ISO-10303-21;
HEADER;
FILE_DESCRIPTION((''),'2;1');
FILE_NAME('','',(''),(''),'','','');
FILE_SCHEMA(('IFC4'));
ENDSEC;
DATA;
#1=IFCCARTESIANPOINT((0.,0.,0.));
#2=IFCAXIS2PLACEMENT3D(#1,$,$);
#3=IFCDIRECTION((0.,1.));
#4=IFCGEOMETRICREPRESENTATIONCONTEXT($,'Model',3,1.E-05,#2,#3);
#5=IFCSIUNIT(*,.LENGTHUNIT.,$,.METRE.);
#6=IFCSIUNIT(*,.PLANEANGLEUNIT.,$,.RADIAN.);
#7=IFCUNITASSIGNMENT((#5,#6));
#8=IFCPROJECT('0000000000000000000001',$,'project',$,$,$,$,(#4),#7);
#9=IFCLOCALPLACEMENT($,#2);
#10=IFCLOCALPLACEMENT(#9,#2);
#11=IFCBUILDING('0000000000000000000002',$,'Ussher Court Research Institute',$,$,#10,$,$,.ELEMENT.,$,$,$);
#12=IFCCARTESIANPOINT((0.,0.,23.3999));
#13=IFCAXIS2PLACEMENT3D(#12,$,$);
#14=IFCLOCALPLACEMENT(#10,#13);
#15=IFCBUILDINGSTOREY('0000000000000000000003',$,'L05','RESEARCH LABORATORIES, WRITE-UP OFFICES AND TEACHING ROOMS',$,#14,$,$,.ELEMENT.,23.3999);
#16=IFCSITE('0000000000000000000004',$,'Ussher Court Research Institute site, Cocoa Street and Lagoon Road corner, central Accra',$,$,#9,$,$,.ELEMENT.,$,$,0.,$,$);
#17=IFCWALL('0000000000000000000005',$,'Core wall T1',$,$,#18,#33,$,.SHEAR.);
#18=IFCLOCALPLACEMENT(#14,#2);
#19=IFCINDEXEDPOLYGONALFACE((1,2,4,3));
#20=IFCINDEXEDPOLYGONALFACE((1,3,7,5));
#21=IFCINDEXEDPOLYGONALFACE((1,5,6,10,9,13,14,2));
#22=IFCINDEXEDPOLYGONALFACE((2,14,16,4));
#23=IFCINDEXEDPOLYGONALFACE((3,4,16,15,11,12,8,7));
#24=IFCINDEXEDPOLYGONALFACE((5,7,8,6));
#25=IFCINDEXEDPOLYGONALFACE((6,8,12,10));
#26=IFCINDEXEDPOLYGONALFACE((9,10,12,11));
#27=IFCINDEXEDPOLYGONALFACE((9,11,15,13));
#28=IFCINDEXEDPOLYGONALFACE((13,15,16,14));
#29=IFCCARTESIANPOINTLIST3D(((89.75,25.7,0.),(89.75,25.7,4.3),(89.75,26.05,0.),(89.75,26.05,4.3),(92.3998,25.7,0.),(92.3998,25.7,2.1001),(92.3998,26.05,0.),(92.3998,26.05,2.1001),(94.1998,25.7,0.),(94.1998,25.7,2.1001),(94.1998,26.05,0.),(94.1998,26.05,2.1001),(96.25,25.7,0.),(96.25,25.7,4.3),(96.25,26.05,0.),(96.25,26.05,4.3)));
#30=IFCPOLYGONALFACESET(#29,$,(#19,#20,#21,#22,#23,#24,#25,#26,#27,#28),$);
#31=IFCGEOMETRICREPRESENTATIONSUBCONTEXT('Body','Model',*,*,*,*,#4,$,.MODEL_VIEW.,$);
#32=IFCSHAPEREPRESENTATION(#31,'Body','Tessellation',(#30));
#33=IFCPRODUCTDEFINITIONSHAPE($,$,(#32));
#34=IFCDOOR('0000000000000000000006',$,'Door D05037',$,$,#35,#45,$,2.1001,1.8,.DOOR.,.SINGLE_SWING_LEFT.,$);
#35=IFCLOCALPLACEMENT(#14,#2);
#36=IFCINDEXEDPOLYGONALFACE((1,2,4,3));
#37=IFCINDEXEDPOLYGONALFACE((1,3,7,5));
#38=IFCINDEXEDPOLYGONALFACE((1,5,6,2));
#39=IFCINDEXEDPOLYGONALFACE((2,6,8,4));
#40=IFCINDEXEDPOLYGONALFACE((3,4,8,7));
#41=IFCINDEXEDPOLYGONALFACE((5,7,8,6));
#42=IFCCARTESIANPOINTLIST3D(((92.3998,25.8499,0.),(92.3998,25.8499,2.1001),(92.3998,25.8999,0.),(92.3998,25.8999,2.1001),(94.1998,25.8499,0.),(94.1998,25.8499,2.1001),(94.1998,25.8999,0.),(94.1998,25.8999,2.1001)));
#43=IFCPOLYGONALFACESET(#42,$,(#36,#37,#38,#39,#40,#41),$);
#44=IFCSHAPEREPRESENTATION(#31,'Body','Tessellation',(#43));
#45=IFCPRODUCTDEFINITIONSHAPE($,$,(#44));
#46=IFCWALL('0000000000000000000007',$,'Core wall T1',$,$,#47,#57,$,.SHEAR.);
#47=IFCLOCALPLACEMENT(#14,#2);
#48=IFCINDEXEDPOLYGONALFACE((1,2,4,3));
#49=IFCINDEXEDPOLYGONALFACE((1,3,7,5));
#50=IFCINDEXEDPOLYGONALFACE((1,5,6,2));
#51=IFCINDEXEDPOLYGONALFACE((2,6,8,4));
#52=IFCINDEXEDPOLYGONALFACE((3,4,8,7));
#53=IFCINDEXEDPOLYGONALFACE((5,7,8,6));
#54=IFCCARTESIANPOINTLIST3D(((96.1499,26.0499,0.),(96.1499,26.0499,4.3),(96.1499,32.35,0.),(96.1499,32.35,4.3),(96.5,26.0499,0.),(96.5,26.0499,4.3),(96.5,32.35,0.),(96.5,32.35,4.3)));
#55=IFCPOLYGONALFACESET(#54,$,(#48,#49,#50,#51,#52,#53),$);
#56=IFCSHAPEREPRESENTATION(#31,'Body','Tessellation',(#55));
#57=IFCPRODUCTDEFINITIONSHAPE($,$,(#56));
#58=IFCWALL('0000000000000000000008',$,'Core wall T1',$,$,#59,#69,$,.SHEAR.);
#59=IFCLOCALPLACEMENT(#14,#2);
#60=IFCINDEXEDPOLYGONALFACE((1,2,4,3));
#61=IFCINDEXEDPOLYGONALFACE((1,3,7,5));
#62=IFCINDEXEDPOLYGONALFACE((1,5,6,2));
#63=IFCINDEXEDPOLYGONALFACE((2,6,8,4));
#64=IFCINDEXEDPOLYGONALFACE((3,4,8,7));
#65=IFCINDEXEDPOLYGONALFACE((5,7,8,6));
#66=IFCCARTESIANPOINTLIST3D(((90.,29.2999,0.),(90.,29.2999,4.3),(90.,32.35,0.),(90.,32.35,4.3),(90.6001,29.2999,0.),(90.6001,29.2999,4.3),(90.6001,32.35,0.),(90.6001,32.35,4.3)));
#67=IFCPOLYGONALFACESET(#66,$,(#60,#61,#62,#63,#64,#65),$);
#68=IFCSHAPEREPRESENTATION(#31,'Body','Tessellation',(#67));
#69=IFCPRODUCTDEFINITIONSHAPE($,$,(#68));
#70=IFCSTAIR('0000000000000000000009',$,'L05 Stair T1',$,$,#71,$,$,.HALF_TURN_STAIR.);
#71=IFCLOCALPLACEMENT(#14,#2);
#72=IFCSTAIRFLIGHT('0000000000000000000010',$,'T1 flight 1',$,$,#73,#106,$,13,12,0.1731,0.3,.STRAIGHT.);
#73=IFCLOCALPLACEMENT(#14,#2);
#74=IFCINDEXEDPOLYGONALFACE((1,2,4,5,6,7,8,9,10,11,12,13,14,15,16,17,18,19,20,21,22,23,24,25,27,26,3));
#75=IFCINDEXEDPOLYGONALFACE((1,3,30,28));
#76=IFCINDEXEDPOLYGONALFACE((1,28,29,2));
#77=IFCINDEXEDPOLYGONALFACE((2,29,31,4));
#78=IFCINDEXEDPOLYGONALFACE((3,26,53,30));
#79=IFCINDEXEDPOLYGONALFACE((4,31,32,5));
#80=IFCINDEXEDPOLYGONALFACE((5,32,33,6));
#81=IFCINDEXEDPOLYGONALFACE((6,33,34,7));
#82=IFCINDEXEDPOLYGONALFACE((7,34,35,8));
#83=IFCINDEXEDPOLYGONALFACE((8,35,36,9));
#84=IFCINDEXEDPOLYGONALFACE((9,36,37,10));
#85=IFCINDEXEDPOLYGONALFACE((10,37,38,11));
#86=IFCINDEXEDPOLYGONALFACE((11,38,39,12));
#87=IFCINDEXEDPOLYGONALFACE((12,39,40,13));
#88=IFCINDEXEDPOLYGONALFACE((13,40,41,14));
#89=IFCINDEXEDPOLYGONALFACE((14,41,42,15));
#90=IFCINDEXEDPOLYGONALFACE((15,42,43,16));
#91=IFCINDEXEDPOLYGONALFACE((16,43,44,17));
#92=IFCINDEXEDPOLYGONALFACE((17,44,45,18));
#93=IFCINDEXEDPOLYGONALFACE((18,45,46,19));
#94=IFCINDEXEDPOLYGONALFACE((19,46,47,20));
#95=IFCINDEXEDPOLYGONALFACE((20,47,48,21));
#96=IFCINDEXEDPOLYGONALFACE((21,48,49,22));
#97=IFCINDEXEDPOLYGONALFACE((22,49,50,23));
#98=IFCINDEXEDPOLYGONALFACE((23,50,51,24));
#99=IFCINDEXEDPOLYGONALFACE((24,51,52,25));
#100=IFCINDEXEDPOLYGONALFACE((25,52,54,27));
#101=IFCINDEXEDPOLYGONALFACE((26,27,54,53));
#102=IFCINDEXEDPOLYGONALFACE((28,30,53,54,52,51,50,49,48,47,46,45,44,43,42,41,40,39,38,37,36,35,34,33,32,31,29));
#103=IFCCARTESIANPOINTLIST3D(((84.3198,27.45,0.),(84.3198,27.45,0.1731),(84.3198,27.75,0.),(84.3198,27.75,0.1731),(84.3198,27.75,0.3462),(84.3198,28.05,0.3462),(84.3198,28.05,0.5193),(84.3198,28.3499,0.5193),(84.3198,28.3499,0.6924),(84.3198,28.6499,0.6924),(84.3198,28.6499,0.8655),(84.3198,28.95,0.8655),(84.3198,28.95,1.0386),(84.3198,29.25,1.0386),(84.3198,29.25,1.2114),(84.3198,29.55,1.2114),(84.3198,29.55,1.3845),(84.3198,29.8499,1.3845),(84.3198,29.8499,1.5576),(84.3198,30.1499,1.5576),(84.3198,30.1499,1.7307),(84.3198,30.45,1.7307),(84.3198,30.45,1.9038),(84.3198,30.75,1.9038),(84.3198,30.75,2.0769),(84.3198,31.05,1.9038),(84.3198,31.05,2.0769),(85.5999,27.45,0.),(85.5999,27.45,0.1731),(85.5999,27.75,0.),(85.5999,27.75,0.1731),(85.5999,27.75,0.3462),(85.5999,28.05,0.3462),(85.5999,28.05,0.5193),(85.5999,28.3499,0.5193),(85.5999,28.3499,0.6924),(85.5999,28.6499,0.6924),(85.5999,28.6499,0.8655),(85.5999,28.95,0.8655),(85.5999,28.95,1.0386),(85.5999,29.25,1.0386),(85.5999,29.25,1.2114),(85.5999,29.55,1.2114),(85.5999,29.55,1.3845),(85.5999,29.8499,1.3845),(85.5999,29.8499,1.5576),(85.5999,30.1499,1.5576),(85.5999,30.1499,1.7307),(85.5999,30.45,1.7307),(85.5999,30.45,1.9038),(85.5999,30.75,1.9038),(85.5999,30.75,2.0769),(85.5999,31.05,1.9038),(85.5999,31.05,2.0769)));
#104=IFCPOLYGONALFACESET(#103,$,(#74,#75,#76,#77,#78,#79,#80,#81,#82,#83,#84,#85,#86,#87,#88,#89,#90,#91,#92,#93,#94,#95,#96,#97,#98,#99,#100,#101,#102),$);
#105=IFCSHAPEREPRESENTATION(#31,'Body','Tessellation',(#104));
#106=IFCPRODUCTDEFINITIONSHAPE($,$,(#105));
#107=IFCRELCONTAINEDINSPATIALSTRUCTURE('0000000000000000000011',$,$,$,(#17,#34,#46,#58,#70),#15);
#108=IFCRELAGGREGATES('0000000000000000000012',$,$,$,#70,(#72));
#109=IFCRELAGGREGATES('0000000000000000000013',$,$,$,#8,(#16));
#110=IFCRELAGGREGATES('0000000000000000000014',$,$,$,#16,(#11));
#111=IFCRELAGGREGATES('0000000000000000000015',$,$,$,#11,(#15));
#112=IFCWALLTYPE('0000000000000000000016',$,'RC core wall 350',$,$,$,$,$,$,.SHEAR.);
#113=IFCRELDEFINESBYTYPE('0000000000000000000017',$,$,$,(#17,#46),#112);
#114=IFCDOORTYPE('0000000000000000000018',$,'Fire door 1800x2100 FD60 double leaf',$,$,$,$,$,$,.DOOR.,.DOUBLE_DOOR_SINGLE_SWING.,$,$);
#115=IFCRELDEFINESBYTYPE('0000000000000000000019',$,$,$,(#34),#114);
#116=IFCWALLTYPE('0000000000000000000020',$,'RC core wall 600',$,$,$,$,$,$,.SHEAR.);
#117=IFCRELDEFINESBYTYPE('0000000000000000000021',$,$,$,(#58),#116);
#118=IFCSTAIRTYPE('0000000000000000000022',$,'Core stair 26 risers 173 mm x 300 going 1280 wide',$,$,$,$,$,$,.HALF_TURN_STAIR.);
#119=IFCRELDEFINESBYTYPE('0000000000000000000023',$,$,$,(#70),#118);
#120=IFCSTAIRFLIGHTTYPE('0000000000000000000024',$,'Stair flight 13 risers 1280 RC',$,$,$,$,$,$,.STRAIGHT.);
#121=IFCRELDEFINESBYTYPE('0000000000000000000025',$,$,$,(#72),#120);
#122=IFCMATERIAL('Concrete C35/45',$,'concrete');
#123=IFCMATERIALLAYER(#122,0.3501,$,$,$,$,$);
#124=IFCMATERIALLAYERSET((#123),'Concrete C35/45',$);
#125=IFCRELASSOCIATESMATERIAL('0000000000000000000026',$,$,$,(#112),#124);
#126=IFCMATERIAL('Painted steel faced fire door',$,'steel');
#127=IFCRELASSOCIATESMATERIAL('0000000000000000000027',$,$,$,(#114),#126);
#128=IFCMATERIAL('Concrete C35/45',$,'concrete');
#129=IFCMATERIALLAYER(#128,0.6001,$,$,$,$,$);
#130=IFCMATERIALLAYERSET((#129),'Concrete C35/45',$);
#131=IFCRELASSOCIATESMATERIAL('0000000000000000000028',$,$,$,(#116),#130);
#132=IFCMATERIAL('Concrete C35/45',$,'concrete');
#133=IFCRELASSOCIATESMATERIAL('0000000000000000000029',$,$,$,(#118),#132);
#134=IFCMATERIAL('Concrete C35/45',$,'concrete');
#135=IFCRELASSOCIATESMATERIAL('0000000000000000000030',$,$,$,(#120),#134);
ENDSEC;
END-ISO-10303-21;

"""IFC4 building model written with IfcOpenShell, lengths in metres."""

from ifc_helpers import new_model, si_unit, direction, frame, frame_2d, origin, place, context, subcontext, project, spatial, polyline, rectangle, outline, extrude, material, layer, layer_set, type_object, element, fill, aggregate, save


model = new_model("IFC4")

# Units and contexts
model_context = context("Model", 3, precision=1e-05, world=origin(), true_north=direction((0.0, 1.0)))
body_context = subcontext(model_context, "Body", "Model", "MODEL_VIEW")
ifc_project = project(units=[si_unit("LENGTHUNIT", "METRE"), si_unit("PLANEANGLEUNIT", "RADIAN")], contexts=[model_context])

# Site, building, storey
site_placement = place(None, origin())
site = spatial("IfcSite", under=ifc_project, at=site_placement, Name="Ussher Court Research Institute site, Cocoa Street and Lagoon Road corner, central Accra", CompositionType="ELEMENT", RefElevation=0.0)
building_placement = place(site_placement, origin())
building = spatial("IfcBuilding", under=site, at=building_placement, Name="Ussher Court Research Institute", CompositionType="ELEMENT")
storey_placement = place(building_placement, frame((0.0, 0.0, 23.3999)))
storey = spatial("IfcBuildingStorey", under=building, at=storey_placement, Name="L05", Description="RESEARCH LABORATORIES, WRITE-UP OFFICES AND TEACHING ROOMS", CompositionType="ELEMENT", Elevation=23.3999)

# Wall, opening, door
ifc_material_1 = material(Name="Concrete C35/45", Category="concrete")
ifc_layer_1 = layer(ifc_material_1, 0.3501)
ifc_layer_set_1 = layer_set([ifc_layer_1], Name="Concrete C35/45")
wall_type_1 = type_object("IfcWallType", Name="RC core wall 350", PredefinedType="SHEAR", material=ifc_layer_set_1)
wall_1_placement = place(storey_placement, frame((89.75, 25.875, 0.0), z_axis=(0.0, 0.0, 1.0), x_axis=(1.0, 0.0, 0.0)))
wall_1 = element("IfcWall", 1, at=wall_1_placement, inside=storey, type_object=wall_type_1, Name="Core wall T1", PredefinedType="SHEAR", context=body_context, shape_type="SweptSolid", body=[
    extrude(rectangle(XDim=6.5, YDim=0.3501, at=frame_2d((3.25, 0.0))), origin(), (0.0, 0.0, 1.0), 4.3),
])
opening_1_placement = place(wall_1_placement, frame((2.6499, 0.0, 0.0)))
opening_1 = element("IfcOpeningElement", 2, at=opening_1_placement, cuts=wall_1, PredefinedType="OPENING", context=body_context, shape_type="SweptSolid", body=[
    extrude(rectangle(XDim=1.8, YDim=2.1001, at=frame_2d((0.8999, 1.05))), frame((0.0, 0.1851, 0.0), z_axis=(0.0, -1.0, 0.0), x_axis=(1.0, 0.0, 0.0)), (0.0, 0.0, 1.0), 0.3701),
])
ifc_material_2 = material(Name="Painted steel faced fire door", Category="steel")
door_type_1 = type_object("IfcDoorType", Name="Fire door 1800x2100 FD60 double leaf", OperationType="DOUBLE_DOOR_SINGLE_SWING", PredefinedType="DOOR", material=ifc_material_2)
door_1_placement = place(opening_1_placement, origin())
door_1 = element("IfcDoor", 3, at=door_1_placement, inside=storey, type_object=door_type_1, Name="Door D05037", OperationType="SINGLE_SWING_LEFT", OverallHeight=2.1001, OverallWidth=1.8, PredefinedType="DOOR", context=body_context, shape_type="SweptSolid", body=[
    extrude(rectangle(XDim=1.8, YDim=2.1001, at=frame_2d((0.8999, 1.05))), frame((0.0, 0.0249, 0.0), z_axis=(0.0, -1.0, 0.0), x_axis=(1.0, 0.0, 0.0)), (0.0, 0.0, 1.0), 0.05),
])
fill(opening_1, door_1)

# Walls
wall_2_placement = place(storey_placement, frame((96.325, 26.05, 0.0), z_axis=(0.0, 0.0, 1.0), x_axis=(0.0, 1.0, 0.0)))
element("IfcWall", 4, at=wall_2_placement, inside=storey, type_object=wall_type_1, Name="Core wall T1", PredefinedType="SHEAR", context=body_context, shape_type="SweptSolid", body=[
    extrude(rectangle(XDim=6.3, YDim=0.3501, at=frame_2d((3.1499, 0.0))), origin(), (0.0, 0.0, 1.0), 4.3),
])
ifc_material_3 = material(Name="Concrete C35/45", Category="concrete")
ifc_layer_2 = layer(ifc_material_3, 0.6001)
ifc_layer_set_2 = layer_set([ifc_layer_2], Name="Concrete C35/45")
wall_type_2 = type_object("IfcWallType", Name="RC core wall 600", PredefinedType="SHEAR", material=ifc_layer_set_2)
wall_3_placement = place(storey_placement, frame((90.3, 29.3, 0.0), z_axis=(0.0, 0.0, 1.0), x_axis=(0.0, 1.0, 0.0)))
element("IfcWall", 5, at=wall_3_placement, inside=storey, type_object=wall_type_2, Name="Core wall T1", PredefinedType="SHEAR", context=body_context, shape_type="SweptSolid", body=[
    extrude(rectangle(XDim=3.05, YDim=0.6001, at=frame_2d((1.5249, 0.0))), origin(), (0.0, 0.0, 1.0), 4.3),
])

# Stair, stair flight
ifc_material_4 = material(Name="Concrete C35/45", Category="concrete")
stair_type = type_object("IfcStairType", Name="Core stair 26 risers 173 mm x 300 going 1280 wide", PredefinedType="HALF_TURN_STAIR", material=ifc_material_4)
stair_placement = place(storey_placement, origin())
stair = element("IfcStair", 6, at=stair_placement, inside=storey, type_object=stair_type, Name="L05 Stair T1", PredefinedType="HALF_TURN_STAIR")
ifc_material_5 = material(Name="Concrete C35/45", Category="concrete")
stair_flight_type = type_object("IfcStairFlightType", Name="Stair flight 13 risers 1280 RC", PredefinedType="STRAIGHT", material=ifc_material_5)
stair_flight_placement = place(storey_placement, frame((84.96, 27.45, 0.0), z_axis=(0.0, 0.0, 1.0), x_axis=(0.0, 1.0, 0.0)))
stair_flight = element("IfcStairFlight", 7, at=stair_flight_placement, type_object=stair_flight_type, Name="T1 flight 1", NumberOfRisers=13, NumberOfTreads=12, PredefinedType="STRAIGHT", RiserHeight=0.1731, TreadLength=0.3, context=body_context, shape_type="SweptSolid", body=[
    extrude(outline(polyline([(0.0, 0.0), (0.0, 0.1731), (0.3, 0.1731), (0.3, 0.3462), (0.6001, 0.3462), (0.6001, 0.5193), (0.8999, 0.5193), (0.8999, 0.6924), (1.2, 0.6924), (1.2, 0.8655), (1.5, 0.8655), (1.5, 1.0386), (1.8, 1.0386), (1.8, 1.2114), (2.1001, 1.2114), (2.1001, 1.3845), (2.3999, 1.3845), (2.3999, 1.5576), (2.7, 1.5576), (2.7, 1.7307), (3.0, 1.7307), (3.0, 1.9038), (3.3, 1.9038), (3.3, 2.0769), (3.6001, 2.0769), (3.6001, 2.25), (3.6001, 1.9038), (0.3, 0.0), (0.0, 0.0)])), frame((0.0, 0.6401, 0.0), z_axis=(0.0, -1.0, 0.0), x_axis=(1.0, 0.0, 0.0)), (0.0, 0.0, 1.0), 1.28),
])
aggregate(stair, [stair_flight])

save(model, "model.ifc")
